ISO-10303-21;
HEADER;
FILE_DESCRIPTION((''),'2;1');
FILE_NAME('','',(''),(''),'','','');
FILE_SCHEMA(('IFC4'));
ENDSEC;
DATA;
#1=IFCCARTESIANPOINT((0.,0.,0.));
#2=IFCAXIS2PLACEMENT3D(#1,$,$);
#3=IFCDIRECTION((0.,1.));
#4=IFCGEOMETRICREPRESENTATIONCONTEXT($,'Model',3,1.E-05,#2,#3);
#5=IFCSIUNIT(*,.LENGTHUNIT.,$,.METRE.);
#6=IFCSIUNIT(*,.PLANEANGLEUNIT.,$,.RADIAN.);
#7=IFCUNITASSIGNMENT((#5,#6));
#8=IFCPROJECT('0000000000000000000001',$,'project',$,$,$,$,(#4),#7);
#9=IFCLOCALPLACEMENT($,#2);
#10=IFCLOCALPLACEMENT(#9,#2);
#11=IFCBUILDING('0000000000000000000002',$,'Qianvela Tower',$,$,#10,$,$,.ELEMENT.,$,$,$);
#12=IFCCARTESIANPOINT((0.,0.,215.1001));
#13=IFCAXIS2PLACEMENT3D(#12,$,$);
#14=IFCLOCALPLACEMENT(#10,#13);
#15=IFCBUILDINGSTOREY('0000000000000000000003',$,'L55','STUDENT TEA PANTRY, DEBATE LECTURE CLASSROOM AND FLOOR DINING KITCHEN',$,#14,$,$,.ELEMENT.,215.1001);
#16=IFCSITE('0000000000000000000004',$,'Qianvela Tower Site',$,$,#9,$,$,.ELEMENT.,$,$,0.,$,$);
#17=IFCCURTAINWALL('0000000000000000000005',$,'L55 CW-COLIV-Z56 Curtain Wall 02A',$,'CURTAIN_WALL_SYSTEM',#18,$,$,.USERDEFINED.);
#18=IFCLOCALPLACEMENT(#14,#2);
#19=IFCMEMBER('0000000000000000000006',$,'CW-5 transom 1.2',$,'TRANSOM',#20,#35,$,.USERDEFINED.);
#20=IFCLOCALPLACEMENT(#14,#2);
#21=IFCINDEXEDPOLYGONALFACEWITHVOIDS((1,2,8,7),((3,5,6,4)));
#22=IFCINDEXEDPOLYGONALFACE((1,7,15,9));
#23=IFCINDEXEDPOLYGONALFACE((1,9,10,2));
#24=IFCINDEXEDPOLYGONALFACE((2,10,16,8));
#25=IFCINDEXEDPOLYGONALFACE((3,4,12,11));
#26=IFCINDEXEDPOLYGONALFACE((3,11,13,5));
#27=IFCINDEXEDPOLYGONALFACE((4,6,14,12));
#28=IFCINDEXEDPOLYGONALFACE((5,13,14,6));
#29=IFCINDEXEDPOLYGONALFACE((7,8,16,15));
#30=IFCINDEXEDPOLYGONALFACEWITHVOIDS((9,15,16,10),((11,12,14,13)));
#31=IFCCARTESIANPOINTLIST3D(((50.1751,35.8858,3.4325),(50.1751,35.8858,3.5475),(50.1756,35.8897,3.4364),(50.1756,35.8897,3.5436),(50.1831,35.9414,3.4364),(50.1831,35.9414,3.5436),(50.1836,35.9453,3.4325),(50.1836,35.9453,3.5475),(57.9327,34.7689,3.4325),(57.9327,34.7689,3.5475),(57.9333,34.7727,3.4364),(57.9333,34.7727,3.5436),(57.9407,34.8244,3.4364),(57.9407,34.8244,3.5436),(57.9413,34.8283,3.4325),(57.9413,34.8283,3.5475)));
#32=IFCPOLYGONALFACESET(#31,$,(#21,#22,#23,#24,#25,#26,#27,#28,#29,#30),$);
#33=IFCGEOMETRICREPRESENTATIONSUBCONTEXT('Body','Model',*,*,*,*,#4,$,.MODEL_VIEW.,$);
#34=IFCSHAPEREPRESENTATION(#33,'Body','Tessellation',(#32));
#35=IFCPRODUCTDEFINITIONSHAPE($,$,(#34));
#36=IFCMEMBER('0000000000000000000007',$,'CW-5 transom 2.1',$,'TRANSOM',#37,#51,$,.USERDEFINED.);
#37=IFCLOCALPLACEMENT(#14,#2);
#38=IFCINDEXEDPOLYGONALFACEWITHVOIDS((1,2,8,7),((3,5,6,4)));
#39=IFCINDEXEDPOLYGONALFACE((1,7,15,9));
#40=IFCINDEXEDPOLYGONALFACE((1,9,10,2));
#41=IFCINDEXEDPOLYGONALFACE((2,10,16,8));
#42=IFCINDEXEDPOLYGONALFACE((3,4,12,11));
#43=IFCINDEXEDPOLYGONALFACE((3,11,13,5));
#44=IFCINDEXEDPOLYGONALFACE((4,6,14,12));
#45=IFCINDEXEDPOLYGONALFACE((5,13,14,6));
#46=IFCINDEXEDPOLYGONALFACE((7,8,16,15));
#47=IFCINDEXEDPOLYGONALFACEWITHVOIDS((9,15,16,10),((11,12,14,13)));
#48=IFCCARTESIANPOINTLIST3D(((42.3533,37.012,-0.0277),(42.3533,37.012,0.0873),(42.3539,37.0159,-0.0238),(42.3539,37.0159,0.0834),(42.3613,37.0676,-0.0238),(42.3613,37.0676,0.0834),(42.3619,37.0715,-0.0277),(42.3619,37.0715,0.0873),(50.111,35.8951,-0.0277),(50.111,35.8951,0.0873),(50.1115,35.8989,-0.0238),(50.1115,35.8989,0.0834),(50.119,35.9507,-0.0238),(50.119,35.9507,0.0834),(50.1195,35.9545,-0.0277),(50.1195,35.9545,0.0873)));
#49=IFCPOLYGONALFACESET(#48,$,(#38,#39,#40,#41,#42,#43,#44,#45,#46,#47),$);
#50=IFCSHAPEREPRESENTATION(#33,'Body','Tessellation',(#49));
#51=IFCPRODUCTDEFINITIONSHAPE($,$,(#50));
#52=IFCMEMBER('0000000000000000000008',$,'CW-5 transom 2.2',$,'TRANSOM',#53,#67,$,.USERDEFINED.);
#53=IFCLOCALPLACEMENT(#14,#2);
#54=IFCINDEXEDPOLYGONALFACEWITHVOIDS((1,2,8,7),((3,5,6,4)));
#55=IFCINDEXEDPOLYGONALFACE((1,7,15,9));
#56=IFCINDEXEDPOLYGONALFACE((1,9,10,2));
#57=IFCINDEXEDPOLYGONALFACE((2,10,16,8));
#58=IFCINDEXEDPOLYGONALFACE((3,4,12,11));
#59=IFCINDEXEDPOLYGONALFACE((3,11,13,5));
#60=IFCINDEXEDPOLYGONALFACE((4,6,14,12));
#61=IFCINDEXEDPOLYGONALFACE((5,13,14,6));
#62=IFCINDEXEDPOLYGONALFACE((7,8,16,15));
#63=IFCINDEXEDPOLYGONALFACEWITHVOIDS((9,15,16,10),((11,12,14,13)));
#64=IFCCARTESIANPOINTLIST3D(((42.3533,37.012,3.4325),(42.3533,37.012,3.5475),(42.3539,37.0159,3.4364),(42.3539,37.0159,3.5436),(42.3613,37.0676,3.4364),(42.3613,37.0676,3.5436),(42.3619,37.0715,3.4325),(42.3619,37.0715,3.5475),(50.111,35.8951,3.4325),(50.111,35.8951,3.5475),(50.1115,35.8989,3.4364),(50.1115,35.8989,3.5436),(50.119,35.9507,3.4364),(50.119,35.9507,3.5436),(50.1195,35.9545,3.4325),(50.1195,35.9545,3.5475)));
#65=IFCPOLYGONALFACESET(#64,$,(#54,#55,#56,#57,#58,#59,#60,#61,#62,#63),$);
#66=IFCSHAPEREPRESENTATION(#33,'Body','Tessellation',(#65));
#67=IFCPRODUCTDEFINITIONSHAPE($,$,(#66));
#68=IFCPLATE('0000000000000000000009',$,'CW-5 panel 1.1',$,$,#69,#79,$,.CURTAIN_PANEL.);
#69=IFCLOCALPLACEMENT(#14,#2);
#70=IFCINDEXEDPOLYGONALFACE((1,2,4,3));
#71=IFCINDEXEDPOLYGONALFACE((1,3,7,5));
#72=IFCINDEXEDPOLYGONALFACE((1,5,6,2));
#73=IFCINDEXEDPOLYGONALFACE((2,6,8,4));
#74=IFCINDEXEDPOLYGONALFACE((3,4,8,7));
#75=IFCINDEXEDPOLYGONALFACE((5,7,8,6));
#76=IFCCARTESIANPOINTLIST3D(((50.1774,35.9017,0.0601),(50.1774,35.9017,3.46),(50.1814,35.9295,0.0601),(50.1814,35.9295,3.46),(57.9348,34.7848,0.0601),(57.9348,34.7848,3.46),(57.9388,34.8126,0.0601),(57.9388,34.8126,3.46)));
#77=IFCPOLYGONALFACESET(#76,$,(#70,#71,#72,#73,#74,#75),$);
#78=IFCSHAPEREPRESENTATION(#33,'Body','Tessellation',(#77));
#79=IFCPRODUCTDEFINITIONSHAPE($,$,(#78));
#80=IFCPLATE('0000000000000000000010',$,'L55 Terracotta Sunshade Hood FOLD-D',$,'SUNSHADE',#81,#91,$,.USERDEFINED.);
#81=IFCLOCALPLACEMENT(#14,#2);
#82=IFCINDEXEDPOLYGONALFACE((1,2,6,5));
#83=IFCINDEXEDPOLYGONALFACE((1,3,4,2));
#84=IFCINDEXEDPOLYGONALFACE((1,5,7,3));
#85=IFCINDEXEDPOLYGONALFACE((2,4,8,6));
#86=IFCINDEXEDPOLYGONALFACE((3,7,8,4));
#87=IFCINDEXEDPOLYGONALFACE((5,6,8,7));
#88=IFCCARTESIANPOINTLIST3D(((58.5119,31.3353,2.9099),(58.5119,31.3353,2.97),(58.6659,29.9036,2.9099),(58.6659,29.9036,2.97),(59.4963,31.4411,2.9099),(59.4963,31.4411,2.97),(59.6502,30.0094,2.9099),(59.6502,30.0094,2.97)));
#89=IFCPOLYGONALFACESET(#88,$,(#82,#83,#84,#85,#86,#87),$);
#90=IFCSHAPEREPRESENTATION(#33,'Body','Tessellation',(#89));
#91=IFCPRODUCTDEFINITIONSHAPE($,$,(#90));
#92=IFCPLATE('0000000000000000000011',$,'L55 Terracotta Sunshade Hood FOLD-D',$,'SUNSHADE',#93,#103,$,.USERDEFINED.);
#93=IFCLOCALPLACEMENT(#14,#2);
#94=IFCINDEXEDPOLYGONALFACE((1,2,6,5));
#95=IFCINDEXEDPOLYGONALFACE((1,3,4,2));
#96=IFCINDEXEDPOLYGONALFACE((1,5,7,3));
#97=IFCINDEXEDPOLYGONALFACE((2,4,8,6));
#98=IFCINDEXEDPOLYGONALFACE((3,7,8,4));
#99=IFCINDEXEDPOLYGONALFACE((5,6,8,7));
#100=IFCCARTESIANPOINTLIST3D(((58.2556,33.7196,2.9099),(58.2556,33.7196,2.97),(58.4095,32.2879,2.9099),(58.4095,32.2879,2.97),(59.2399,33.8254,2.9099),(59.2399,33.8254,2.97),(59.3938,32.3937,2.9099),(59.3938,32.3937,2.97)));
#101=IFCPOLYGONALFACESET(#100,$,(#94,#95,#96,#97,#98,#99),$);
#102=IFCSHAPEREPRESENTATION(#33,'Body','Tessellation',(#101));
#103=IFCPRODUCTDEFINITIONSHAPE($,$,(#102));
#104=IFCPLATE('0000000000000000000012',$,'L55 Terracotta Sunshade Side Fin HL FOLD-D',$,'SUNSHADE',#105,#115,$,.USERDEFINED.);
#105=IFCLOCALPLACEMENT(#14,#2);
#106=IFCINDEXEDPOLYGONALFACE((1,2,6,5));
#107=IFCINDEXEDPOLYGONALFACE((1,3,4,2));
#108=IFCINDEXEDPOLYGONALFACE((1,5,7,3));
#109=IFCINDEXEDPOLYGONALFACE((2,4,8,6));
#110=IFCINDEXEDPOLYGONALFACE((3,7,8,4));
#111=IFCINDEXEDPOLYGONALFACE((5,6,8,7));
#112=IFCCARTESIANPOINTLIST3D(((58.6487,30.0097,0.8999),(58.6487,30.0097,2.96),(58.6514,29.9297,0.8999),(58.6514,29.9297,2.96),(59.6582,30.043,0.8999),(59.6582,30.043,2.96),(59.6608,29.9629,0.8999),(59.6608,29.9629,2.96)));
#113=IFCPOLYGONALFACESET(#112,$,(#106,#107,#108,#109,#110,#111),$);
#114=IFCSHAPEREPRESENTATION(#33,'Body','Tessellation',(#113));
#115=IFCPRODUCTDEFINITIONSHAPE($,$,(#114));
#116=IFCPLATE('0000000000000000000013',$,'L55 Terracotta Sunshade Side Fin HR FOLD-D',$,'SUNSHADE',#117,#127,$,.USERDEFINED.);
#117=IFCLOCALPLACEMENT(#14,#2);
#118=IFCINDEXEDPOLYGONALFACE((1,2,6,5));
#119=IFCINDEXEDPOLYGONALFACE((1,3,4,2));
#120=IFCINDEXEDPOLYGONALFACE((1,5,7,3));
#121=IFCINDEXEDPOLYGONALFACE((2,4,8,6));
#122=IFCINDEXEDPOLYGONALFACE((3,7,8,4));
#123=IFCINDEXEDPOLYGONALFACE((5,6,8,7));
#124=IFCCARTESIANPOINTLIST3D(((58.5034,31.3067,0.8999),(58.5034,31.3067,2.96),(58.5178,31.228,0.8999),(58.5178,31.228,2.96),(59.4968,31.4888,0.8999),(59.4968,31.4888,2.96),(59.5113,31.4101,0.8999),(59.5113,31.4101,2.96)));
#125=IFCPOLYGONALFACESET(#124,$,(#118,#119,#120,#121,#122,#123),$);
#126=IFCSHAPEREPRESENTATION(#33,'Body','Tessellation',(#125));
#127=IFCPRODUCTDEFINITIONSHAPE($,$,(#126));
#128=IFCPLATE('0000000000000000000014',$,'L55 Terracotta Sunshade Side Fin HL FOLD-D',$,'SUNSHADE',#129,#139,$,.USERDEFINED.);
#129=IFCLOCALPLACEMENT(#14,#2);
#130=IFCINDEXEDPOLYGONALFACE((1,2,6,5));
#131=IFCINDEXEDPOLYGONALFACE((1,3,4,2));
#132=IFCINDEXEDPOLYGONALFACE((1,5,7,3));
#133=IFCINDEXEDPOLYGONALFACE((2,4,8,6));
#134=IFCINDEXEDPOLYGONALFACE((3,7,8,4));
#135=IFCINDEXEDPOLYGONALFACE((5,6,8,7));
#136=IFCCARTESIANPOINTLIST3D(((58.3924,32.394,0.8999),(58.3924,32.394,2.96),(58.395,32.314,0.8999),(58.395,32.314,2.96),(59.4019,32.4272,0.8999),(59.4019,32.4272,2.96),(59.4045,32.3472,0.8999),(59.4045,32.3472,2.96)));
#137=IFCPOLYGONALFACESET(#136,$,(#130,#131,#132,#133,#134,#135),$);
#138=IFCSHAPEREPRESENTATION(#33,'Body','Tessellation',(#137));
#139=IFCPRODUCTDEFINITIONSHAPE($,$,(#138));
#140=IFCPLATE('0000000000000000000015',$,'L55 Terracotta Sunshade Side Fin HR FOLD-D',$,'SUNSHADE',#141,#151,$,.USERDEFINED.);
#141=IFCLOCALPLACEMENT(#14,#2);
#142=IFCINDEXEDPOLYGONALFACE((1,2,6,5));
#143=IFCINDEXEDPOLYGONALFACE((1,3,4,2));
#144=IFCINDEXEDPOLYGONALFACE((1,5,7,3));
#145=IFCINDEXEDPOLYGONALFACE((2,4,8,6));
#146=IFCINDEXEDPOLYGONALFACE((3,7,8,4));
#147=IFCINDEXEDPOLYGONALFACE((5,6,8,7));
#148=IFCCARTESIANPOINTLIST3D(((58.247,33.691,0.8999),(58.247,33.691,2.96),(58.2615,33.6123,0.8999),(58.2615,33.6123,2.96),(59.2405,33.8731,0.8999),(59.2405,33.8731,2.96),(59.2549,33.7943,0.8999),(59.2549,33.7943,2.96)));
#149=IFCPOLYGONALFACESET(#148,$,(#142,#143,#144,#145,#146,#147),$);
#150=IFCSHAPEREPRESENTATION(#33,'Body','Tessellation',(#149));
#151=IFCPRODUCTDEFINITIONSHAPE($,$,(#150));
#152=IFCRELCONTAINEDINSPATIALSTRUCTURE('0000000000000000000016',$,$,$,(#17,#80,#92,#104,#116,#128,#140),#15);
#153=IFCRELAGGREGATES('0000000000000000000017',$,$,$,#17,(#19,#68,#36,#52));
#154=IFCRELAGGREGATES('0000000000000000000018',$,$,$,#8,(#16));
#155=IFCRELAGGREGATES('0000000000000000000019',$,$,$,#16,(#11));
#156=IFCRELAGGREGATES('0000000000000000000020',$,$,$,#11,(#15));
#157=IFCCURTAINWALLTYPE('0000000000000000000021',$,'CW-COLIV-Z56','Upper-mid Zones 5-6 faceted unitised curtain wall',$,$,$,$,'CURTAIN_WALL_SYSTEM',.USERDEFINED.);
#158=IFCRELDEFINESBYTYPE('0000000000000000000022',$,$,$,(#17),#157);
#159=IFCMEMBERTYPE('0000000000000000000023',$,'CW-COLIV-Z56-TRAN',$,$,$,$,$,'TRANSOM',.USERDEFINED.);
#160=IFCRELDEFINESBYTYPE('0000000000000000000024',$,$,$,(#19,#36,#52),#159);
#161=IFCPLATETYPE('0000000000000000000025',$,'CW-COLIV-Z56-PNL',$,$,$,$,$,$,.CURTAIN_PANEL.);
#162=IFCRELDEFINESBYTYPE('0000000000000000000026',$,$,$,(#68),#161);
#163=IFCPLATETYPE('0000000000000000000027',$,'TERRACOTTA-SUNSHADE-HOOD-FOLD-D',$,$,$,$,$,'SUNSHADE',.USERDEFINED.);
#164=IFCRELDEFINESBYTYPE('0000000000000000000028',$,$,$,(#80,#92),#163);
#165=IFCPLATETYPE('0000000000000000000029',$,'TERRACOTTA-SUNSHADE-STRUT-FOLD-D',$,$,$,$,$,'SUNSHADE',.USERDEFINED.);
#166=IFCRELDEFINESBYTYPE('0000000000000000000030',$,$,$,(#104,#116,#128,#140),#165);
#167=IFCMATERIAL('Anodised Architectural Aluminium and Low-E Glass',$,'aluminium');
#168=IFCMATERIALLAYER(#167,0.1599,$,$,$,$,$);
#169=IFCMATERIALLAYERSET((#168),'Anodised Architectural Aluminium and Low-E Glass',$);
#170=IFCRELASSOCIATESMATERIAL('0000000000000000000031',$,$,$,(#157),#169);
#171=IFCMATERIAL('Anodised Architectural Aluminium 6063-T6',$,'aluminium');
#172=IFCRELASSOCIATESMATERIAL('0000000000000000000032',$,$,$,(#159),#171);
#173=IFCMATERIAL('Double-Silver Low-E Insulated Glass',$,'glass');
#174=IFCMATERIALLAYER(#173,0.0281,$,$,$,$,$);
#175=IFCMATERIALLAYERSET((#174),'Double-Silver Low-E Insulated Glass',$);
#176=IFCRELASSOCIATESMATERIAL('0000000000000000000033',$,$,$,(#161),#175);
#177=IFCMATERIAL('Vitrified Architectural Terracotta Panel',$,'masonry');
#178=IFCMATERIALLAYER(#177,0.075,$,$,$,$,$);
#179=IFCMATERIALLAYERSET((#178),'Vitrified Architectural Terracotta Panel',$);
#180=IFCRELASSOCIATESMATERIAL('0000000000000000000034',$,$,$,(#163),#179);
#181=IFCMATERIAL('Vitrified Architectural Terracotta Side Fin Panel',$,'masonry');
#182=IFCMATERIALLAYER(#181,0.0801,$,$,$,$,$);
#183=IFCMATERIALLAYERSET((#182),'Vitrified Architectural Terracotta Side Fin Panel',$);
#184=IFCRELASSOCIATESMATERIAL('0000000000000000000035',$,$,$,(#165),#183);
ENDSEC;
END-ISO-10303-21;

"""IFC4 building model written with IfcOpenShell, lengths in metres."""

from ifc_helpers import new_model, si_unit, direction, frame, origin, origin_2d, place, context, subcontext, project, spatial, rectangle, hollow_rectangle, extrude, material, layer, layer_set, material_profile, profile_set, type_object, element, aggregate, save


model = new_model("IFC4")

# Units and contexts
model_context = context("Model", 3, precision=1e-05, world=origin(), true_north=direction((0.0, 1.0)))
body_context = subcontext(model_context, "Body", "Model", "MODEL_VIEW")
ifc_project = project(units=[si_unit("LENGTHUNIT", "METRE"), si_unit("PLANEANGLEUNIT", "RADIAN")], contexts=[model_context])

# Site, building, storey
site_placement = place(None, origin())
site = spatial("IfcSite", under=ifc_project, at=site_placement, Name="Qianvela Tower Site", CompositionType="ELEMENT", RefElevation=0.0)
building_placement = place(site_placement, origin())
building = spatial("IfcBuilding", under=site, at=building_placement, Name="Qianvela Tower", CompositionType="ELEMENT")
storey_placement = place(building_placement, frame((0.0, 0.0, 215.1001)))
storey = spatial("IfcBuildingStorey", under=building, at=storey_placement, Name="L55", Description="STUDENT TEA PANTRY, DEBATE LECTURE CLASSROOM AND FLOOR DINING KITCHEN", CompositionType="ELEMENT", Elevation=215.1001)

# Curtain wall
ifc_material_1 = material(Name="Anodised Architectural Aluminium and Low-E Glass", Category="aluminium")
ifc_layer_1 = layer(ifc_material_1, 0.1599)
ifc_layer_set_1 = layer_set([ifc_layer_1], Name="Anodised Architectural Aluminium and Low-E Glass")
curtain_wall_type = type_object("IfcCurtainWallType", Name="CW-COLIV-Z56", Description="Upper-mid Zones 5-6 faceted unitised curtain wall", ElementType="CURTAIN_WALL_SYSTEM", PredefinedType="USERDEFINED", material=ifc_layer_set_1)
curtain_wall_1_placement = place(storey_placement, origin())
curtain_wall_1 = element("IfcCurtainWall", 1, at=curtain_wall_1_placement, inside=storey, type_object=curtain_wall_type, Name="L55 CW-COLIV-Z56 Curtain Wall 02A", ObjectType="CURTAIN_WALL_SYSTEM", PredefinedType="USERDEFINED")

# Members
ifc_material_2 = material(Name="Anodised Architectural Aluminium 6063-T6", Category="aluminium")
ifc_material_profile_1 = material_profile(ifc_material_2, hollow_rectangle(XDim=0.0601, YDim=0.115, WallThickness=0.0039, at=origin_2d()), Name="ALU-TRAN-60x115")
ifc_profile_set_1 = profile_set([ifc_material_profile_1], Name="Anodised Architectural Aluminium 6063-T6")
member_type_1 = type_object("IfcMemberType", Name="CW-COLIV-Z56-TRAN", ElementType="TRANSOM", PredefinedType="USERDEFINED", material=ifc_profile_set_1)
member_1_placement = place(storey_placement, frame((57.937, 34.7986, 3.49), z_axis=(-0.989793, 0.142512, 0.0), x_axis=(-0.142512, -0.989793, 0.0)))
member_1 = element("IfcMember", 2, at=member_1_placement, type_object=member_type_1, Name="CW-5 transom 1.2", ObjectType="TRANSOM", PredefinedType="USERDEFINED", context=body_context, shape_type="SweptSolid", body=[
    extrude(hollow_rectangle(XDim=0.0601, YDim=0.115, WallThickness=0.0039, at=origin_2d()), origin(), (0.0, 0.0, 1.0), 7.8376),
])
member_2_placement = place(storey_placement, frame((50.1152, 35.9248, 0.0298), z_axis=(-0.989793, 0.142512, 0.0), x_axis=(-0.142512, -0.989793, 0.0)))
member_2 = element("IfcMember", 3, at=member_2_placement, type_object=member_type_1, Name="CW-5 transom 2.1", ObjectType="TRANSOM", PredefinedType="USERDEFINED", context=body_context, shape_type="SweptSolid", body=[
    extrude(hollow_rectangle(XDim=0.0601, YDim=0.115, WallThickness=0.0039, at=origin_2d()), origin(), (0.0, 0.0, 1.0), 7.8376),
])
member_3_placement = place(storey_placement, frame((50.1152, 35.9248, 3.49), z_axis=(-0.989793, 0.142512, 0.0), x_axis=(-0.142512, -0.989793, 0.0)))
member_3 = element("IfcMember", 4, at=member_3_placement, type_object=member_type_1, Name="CW-5 transom 2.2", ObjectType="TRANSOM", PredefinedType="USERDEFINED", context=body_context, shape_type="SweptSolid", body=[
    extrude(hollow_rectangle(XDim=0.0601, YDim=0.115, WallThickness=0.0039, at=origin_2d()), origin(), (0.0, 0.0, 1.0), 7.8376),
])

# Plate
ifc_material_3 = material(Name="Double-Silver Low-E Insulated Glass", Category="glass")
ifc_layer_2 = layer(ifc_material_3, 0.0281)
ifc_layer_set_2 = layer_set([ifc_layer_2], Name="Double-Silver Low-E Insulated Glass")
plate_type_1 = type_object("IfcPlateType", Name="CW-COLIV-Z56-PNL", PredefinedType="CURTAIN_PANEL", material=ifc_layer_set_2)
plate_placement = place(storey_placement, frame((54.0581, 35.3572, 0.0601), z_axis=(0.0, 0.0, 1.0), x_axis=(-0.989794, 0.142508, 0.0)))
plate = element("IfcPlate", 5, at=plate_placement, type_object=plate_type_1, Name="CW-5 panel 1.1", PredefinedType="CURTAIN_PANEL", context=body_context, shape_type="SweptSolid", body=[
    extrude(rectangle(XDim=7.8374, YDim=0.0281, at=origin_2d()), origin(), (0.0, 0.0, 1.0), 3.3999),
])
aggregate(curtain_wall_1, [member_1, plate, member_2, member_3])

# Plates
ifc_material_4 = material(Name="Vitrified Architectural Terracotta Panel", Category="masonry")
ifc_layer_3 = layer(ifc_material_4, 0.075)
ifc_layer_set_3 = layer_set([ifc_layer_3], Name="Vitrified Architectural Terracotta Panel")
plate_type_2 = type_object("IfcPlateType", Name="TERRACOTTA-SUNSHADE-HOOD-FOLD-D", ElementType="SUNSHADE", PredefinedType="USERDEFINED", material=ifc_layer_set_3)
for number, where, z_axis, x_axis, name in (
    (6, (59.0811, 30.6724, 2.9099), (0.0, 0.0, 1.0), (-0.106891, 0.994271, 0.0), "L55 Terracotta Sunshade Hood FOLD-D"),
    (7, (58.8247, 33.0566, 2.9099), (0.0, 0.0, 1.0), (-0.106891, 0.994271, 0.0), "L55 Terracotta Sunshade Hood FOLD-D"),
):
    element("IfcPlate", number, at=place(storey_placement, frame(where, z_axis=z_axis, x_axis=x_axis)), inside=storey, type_object=plate_type_2, Name=name, ObjectType="SUNSHADE", PredefinedType="USERDEFINED", context=body_context, shape_type="SweptSolid", body=[
        extrude(rectangle(XDim=1.4399, YDim=0.99, at=origin_2d()), origin(), (0.0, 0.0, 1.0), 0.0601),
    ])
ifc_material_5 = material(Name="Vitrified Architectural Terracotta Side Fin Panel", Category="masonry")
ifc_layer_4 = layer(ifc_material_5, 0.0801)
ifc_layer_set_4 = layer_set([ifc_layer_4], Name="Vitrified Architectural Terracotta Side Fin Panel")
plate_type_3 = type_object("IfcPlateType", Name="TERRACOTTA-SUNSHADE-STRUT-FOLD-D", ElementType="SUNSHADE", PredefinedType="USERDEFINED", material=ifc_layer_set_4)
for number, where, z_axis, x_axis, name in (
    (8, (59.1548, 29.9863, 0.8999), (0.0, 0.0, 1.0), (-0.032913, 0.999458, 0.0), "L55 Terracotta Sunshade Side Fin HL FOLD-D"),
    (9, (59.0073, 31.3584, 0.8999), (0.0, 0.0, 1.0), (-0.180281, 0.983615, 0.0), "L55 Terracotta Sunshade Side Fin HR FOLD-D"),
    (10, (58.8984, 32.3706, 0.8999), (0.0, 0.0, 1.0), (-0.032913, 0.999458, 0.0), "L55 Terracotta Sunshade Side Fin HL FOLD-D"),
    (11, (58.751, 33.7427, 0.8999), (0.0, 0.0, 1.0), (-0.180281, 0.983615, 0.0), "L55 Terracotta Sunshade Side Fin HR FOLD-D"),
):
    element("IfcPlate", number, at=place(storey_placement, frame(where, z_axis=z_axis, x_axis=x_axis)), inside=storey, type_object=plate_type_3, Name=name, ObjectType="SUNSHADE", PredefinedType="USERDEFINED", context=body_context, shape_type="SweptSolid", body=[
        extrude(rectangle(XDim=0.0801, YDim=1.01, at=origin_2d()), origin(), (0.0, 0.0, 1.0), 2.0601),
    ])

save(model, "model.ifc")
